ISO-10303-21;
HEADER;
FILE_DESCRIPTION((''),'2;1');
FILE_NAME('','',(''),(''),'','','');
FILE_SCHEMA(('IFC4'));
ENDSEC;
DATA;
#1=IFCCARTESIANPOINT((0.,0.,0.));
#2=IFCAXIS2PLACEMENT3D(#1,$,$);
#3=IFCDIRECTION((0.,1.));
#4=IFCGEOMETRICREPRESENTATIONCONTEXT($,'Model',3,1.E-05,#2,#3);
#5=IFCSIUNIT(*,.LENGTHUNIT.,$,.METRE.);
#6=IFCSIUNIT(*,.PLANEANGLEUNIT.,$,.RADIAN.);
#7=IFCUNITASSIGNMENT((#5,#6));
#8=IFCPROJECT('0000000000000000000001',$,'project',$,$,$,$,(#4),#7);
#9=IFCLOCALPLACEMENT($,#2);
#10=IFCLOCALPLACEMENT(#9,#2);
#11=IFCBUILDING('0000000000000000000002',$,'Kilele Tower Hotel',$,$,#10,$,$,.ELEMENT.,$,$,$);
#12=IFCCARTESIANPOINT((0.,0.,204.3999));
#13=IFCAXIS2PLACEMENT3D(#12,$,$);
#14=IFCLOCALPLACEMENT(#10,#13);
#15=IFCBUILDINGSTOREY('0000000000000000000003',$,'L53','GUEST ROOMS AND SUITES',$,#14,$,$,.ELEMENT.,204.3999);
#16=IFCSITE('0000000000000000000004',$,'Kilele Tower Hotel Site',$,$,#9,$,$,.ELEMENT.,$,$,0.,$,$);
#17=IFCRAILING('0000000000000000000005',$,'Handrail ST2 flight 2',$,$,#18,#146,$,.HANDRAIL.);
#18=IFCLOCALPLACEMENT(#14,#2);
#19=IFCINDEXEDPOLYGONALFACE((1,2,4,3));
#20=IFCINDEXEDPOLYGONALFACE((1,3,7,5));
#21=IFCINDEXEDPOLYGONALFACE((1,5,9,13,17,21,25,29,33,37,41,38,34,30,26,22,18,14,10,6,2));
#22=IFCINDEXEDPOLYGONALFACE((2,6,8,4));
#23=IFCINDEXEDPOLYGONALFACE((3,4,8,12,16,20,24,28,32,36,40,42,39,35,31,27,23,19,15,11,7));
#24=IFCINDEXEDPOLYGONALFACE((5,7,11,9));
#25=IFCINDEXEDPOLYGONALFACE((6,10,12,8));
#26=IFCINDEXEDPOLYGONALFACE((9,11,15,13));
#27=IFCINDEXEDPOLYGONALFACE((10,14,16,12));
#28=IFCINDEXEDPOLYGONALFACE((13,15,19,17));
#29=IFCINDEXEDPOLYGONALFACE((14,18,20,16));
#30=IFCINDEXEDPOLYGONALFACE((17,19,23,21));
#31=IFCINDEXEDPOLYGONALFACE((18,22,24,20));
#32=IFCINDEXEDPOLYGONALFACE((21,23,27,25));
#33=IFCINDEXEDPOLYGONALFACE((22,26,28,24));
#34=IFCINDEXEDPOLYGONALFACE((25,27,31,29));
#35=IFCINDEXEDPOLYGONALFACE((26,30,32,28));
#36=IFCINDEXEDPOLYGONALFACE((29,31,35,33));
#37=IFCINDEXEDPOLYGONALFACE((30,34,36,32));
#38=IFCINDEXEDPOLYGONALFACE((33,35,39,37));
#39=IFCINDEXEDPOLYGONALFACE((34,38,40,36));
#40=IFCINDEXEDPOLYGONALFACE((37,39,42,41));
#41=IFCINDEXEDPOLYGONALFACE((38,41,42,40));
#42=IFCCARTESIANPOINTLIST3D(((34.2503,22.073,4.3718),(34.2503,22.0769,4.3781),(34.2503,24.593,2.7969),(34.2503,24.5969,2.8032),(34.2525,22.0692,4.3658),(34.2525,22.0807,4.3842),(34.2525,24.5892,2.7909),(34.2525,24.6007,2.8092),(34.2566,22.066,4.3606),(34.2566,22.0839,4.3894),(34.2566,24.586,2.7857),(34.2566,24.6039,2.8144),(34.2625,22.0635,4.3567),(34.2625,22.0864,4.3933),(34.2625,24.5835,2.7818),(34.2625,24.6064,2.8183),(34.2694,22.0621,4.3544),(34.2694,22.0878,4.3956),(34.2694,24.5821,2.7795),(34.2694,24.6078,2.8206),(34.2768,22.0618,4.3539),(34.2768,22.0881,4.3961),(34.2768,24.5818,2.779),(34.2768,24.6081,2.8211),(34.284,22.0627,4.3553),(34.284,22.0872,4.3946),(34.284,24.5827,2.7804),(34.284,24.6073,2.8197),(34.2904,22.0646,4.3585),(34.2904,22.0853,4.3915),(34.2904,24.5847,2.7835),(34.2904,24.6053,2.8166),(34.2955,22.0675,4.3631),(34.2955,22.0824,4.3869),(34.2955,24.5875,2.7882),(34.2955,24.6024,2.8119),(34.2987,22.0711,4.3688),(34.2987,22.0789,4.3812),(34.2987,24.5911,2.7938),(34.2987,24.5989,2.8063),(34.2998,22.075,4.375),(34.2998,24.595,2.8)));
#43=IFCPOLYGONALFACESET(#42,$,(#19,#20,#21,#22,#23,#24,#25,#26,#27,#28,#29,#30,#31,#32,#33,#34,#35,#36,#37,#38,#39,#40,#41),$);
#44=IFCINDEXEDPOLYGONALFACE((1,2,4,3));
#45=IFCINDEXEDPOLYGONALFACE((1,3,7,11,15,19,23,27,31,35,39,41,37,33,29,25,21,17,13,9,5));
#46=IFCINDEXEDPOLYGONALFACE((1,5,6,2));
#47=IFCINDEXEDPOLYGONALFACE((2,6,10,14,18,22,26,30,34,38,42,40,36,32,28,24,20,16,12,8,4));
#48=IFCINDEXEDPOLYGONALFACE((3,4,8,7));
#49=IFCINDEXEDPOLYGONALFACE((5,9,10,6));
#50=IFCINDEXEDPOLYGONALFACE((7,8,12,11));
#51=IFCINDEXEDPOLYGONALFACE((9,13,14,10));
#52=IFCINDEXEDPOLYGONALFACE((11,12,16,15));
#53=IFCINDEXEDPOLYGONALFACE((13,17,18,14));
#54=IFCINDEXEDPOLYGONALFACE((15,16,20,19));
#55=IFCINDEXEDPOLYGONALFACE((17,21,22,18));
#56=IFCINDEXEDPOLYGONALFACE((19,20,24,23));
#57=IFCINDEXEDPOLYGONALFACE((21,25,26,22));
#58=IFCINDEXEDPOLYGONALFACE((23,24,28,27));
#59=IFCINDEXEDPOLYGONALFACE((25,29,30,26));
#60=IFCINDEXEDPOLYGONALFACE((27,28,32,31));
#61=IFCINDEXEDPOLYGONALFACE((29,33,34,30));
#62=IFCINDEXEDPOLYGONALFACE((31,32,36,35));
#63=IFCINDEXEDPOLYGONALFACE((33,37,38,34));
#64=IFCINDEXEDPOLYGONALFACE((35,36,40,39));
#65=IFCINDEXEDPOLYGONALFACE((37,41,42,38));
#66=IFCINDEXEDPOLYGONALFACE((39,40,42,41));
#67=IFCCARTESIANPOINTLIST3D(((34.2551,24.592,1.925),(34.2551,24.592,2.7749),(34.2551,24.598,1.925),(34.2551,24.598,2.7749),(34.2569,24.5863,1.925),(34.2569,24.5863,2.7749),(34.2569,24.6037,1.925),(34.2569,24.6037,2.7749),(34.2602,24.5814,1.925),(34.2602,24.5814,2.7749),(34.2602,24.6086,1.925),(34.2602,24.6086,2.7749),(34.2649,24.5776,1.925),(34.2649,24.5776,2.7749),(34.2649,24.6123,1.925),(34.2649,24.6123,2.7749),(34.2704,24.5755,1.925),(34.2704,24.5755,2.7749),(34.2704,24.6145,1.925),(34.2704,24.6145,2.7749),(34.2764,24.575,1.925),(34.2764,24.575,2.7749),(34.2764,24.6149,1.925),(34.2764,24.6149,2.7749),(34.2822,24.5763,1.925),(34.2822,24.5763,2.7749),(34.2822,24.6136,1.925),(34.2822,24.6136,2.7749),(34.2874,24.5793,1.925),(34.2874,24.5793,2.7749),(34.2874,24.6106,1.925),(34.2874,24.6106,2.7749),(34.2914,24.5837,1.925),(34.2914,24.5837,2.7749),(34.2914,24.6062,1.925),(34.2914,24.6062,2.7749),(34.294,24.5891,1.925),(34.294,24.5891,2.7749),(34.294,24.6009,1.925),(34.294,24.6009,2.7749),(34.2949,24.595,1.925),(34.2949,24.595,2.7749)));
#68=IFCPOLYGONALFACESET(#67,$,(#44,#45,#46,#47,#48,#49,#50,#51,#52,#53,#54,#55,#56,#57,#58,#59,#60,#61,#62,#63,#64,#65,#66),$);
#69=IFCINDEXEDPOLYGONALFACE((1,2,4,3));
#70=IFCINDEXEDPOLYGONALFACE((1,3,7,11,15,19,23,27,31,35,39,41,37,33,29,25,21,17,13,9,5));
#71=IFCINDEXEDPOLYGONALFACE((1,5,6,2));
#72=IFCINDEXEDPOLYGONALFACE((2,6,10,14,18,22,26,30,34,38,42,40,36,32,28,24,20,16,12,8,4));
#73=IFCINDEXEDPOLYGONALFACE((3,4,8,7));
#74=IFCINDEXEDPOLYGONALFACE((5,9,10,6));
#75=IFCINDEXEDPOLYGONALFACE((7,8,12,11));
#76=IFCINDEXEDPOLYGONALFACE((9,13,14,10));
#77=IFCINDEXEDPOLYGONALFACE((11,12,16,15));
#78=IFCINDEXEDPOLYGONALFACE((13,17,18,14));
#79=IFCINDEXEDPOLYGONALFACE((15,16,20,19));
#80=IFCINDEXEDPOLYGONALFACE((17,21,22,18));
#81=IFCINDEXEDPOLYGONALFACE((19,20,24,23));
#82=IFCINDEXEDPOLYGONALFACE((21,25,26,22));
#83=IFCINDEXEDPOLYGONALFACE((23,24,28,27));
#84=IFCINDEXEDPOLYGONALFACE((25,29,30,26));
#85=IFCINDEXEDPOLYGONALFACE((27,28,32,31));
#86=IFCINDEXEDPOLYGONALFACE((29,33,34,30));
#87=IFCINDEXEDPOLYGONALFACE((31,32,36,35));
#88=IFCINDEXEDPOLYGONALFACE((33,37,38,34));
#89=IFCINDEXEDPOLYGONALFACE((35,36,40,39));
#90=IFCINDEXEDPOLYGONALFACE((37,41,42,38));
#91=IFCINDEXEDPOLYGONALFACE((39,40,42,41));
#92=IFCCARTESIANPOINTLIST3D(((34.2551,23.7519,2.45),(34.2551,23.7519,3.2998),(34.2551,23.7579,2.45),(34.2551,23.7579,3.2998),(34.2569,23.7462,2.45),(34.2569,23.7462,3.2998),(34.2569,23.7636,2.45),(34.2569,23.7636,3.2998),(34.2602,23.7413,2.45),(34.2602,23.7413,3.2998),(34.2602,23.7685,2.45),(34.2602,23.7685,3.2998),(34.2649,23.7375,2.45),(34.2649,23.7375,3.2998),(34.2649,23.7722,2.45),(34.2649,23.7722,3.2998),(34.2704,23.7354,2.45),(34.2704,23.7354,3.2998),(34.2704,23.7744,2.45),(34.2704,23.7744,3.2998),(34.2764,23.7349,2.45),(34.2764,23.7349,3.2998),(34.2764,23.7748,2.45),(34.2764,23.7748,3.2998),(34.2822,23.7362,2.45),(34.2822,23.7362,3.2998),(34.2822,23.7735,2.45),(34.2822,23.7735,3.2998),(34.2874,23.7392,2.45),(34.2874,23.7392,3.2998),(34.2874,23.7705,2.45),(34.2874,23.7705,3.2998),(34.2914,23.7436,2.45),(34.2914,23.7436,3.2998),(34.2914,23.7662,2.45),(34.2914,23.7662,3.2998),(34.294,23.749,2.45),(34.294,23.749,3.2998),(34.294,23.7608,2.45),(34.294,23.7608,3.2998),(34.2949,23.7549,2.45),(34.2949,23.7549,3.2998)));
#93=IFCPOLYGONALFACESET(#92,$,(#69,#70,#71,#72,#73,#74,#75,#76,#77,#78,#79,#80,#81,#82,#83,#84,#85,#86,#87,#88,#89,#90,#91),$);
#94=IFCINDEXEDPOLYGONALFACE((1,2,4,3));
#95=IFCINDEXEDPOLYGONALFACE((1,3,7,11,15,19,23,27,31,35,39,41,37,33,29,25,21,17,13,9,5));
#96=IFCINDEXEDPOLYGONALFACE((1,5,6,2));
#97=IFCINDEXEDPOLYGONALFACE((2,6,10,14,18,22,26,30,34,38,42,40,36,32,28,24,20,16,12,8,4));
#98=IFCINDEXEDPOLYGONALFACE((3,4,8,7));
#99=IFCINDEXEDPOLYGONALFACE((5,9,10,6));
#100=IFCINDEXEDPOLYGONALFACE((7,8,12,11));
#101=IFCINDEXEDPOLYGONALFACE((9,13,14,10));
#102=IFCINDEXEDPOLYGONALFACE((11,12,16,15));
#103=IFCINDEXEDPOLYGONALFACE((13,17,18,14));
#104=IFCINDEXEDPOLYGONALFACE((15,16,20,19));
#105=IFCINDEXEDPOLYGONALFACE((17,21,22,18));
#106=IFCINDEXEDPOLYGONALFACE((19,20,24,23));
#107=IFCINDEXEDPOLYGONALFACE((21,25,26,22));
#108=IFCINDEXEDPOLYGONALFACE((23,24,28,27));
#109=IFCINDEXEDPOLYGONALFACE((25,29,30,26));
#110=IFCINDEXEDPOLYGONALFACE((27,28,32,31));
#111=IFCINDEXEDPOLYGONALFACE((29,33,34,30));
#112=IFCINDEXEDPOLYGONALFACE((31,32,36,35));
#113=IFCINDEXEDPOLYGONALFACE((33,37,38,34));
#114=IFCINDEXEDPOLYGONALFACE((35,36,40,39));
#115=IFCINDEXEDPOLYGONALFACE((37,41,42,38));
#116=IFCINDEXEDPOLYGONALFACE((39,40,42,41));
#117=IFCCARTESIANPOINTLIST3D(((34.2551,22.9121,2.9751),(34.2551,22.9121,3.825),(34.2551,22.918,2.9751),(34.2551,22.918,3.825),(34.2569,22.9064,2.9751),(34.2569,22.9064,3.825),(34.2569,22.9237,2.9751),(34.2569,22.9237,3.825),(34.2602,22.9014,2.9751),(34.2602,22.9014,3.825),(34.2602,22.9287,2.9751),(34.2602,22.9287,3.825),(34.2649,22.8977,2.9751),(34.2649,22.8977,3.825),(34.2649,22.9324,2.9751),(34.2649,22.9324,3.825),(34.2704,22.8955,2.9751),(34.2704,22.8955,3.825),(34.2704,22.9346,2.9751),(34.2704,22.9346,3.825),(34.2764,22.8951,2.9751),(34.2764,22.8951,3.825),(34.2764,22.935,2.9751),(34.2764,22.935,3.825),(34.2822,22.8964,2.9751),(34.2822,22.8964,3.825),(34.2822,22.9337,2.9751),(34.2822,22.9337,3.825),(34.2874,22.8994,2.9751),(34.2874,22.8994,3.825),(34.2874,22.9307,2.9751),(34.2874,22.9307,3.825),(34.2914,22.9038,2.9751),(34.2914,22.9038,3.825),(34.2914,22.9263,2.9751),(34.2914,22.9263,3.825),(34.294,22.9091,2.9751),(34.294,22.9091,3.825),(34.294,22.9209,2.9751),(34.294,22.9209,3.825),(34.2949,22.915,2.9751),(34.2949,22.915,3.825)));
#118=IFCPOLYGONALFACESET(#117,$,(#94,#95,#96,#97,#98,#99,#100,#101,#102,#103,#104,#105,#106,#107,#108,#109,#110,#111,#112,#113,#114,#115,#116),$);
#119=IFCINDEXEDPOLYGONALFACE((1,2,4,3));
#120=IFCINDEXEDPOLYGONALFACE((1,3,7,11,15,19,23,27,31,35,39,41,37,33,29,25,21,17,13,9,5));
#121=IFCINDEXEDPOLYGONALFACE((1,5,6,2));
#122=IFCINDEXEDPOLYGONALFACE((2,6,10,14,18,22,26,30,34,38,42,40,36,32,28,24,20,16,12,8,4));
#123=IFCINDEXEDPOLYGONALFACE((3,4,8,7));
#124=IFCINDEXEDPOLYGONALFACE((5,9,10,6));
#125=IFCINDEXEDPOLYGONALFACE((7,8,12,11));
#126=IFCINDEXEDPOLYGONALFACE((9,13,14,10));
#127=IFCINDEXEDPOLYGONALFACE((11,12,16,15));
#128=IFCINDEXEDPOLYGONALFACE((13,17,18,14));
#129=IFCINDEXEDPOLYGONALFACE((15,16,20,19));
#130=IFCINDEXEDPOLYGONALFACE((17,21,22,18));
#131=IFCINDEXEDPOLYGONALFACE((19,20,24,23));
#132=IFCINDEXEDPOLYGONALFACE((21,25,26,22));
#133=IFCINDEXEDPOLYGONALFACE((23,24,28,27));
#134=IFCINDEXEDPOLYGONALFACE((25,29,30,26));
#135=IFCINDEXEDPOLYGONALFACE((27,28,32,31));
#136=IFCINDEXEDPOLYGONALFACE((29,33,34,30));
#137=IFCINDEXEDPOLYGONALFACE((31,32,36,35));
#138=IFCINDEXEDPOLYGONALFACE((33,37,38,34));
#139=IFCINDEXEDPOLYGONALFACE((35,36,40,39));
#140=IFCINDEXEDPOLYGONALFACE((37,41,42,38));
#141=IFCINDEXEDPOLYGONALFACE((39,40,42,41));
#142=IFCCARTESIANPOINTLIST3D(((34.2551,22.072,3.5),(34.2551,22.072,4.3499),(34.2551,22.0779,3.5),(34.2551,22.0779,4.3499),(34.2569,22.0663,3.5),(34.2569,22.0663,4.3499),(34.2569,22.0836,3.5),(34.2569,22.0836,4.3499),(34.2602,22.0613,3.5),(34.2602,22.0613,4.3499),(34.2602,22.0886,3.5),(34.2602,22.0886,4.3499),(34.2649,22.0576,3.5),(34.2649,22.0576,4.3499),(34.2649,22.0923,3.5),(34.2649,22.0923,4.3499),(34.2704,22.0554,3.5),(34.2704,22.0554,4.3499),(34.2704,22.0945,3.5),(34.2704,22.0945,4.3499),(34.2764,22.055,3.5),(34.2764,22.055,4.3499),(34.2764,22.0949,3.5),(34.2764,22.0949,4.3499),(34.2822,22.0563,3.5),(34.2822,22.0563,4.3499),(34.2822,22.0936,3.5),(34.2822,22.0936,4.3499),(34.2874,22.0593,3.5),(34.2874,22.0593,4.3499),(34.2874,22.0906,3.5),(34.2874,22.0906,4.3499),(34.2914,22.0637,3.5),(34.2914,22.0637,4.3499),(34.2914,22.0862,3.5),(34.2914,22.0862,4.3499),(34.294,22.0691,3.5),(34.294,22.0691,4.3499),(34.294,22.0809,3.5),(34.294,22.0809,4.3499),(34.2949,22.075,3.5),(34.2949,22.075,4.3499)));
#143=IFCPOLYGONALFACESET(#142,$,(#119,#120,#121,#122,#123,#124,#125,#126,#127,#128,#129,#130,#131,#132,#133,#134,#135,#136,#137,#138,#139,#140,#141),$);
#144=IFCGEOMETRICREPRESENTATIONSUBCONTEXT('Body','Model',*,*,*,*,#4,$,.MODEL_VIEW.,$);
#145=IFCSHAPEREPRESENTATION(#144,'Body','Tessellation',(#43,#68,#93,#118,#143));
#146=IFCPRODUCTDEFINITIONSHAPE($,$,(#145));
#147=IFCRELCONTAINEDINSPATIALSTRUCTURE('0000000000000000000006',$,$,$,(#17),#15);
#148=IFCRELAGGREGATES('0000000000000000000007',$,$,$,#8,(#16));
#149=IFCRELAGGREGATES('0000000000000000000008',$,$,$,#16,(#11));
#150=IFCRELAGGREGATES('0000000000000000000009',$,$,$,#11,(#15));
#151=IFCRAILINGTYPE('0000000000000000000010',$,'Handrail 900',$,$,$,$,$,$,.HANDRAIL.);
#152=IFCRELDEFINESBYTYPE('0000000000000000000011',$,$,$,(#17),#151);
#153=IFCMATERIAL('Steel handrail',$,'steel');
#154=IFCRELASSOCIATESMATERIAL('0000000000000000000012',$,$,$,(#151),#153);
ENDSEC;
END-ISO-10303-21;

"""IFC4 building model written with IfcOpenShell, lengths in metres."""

from ifc_helpers import new_model, si_unit, direction, frame, origin, origin_2d, place, context, subcontext, project, spatial, circle, extrude, material, type_object, element, save


model = new_model("IFC4")

# Units and contexts
model_context = context("Model", 3, precision=1e-05, world=origin(), true_north=direction((0.0, 1.0)))
body_context = subcontext(model_context, "Body", "Model", "MODEL_VIEW")
ifc_project = project(units=[si_unit("LENGTHUNIT", "METRE"), si_unit("PLANEANGLEUNIT", "RADIAN")], contexts=[model_context])

# Site, building, storey
site_placement = place(None, origin())
site = spatial("IfcSite", under=ifc_project, at=site_placement, Name="Kilele Tower Hotel Site", CompositionType="ELEMENT", RefElevation=0.0)
building_placement = place(site_placement, origin())
building = spatial("IfcBuilding", under=site, at=building_placement, Name="Kilele Tower Hotel", CompositionType="ELEMENT")
storey_placement = place(building_placement, frame((0.0, 0.0, 204.3999)))
storey = spatial("IfcBuildingStorey", under=building, at=storey_placement, Name="L53", Description="GUEST ROOMS AND SUITES", CompositionType="ELEMENT", Elevation=204.3999)

# Railing
ifc_material_1 = material(Name="Steel handrail", Category="steel")
railing_type_1 = type_object("IfcRailingType", Name="Handrail 900", PredefinedType="HANDRAIL", material=ifc_material_1)
for number, where, name in (
    (1, (34.2749, 24.595, 1.925), "Handrail ST2 flight 2"),
):
    element("IfcRailing", number, at=place(storey_placement, frame(where)), inside=storey, type_object=railing_type_1, Name=name, PredefinedType="HANDRAIL", context=body_context, shape_type="SweptSolid", body=[
        extrude(circle(Radius=0.0249, at=origin_2d()), frame((0.0, 0.0, 0.875), z_axis=(0.0, -0.848008, 0.529984), x_axis=(1.0, 0.0, 0.0)), (0.0, 0.0, 1.0), 2.9717),
        extrude(circle(Radius=0.02, at=origin_2d()), origin(), (0.0, 0.0, 1.0), 0.8499),
        extrude(circle(Radius=0.02, at=origin_2d()), frame((0.0, -0.8401, 0.5249)), (0.0, 0.0, 1.0), 0.8499),
        extrude(circle(Radius=0.02, at=origin_2d()), frame((0.0, -1.6799, 1.05)), (0.0, 0.0, 1.0), 0.8499),
        extrude(circle(Radius=0.02, at=origin_2d()), frame((0.0, -2.52, 1.575)), (0.0, 0.0, 1.0), 0.8499),
    ])

save(model, "model.ifc")
